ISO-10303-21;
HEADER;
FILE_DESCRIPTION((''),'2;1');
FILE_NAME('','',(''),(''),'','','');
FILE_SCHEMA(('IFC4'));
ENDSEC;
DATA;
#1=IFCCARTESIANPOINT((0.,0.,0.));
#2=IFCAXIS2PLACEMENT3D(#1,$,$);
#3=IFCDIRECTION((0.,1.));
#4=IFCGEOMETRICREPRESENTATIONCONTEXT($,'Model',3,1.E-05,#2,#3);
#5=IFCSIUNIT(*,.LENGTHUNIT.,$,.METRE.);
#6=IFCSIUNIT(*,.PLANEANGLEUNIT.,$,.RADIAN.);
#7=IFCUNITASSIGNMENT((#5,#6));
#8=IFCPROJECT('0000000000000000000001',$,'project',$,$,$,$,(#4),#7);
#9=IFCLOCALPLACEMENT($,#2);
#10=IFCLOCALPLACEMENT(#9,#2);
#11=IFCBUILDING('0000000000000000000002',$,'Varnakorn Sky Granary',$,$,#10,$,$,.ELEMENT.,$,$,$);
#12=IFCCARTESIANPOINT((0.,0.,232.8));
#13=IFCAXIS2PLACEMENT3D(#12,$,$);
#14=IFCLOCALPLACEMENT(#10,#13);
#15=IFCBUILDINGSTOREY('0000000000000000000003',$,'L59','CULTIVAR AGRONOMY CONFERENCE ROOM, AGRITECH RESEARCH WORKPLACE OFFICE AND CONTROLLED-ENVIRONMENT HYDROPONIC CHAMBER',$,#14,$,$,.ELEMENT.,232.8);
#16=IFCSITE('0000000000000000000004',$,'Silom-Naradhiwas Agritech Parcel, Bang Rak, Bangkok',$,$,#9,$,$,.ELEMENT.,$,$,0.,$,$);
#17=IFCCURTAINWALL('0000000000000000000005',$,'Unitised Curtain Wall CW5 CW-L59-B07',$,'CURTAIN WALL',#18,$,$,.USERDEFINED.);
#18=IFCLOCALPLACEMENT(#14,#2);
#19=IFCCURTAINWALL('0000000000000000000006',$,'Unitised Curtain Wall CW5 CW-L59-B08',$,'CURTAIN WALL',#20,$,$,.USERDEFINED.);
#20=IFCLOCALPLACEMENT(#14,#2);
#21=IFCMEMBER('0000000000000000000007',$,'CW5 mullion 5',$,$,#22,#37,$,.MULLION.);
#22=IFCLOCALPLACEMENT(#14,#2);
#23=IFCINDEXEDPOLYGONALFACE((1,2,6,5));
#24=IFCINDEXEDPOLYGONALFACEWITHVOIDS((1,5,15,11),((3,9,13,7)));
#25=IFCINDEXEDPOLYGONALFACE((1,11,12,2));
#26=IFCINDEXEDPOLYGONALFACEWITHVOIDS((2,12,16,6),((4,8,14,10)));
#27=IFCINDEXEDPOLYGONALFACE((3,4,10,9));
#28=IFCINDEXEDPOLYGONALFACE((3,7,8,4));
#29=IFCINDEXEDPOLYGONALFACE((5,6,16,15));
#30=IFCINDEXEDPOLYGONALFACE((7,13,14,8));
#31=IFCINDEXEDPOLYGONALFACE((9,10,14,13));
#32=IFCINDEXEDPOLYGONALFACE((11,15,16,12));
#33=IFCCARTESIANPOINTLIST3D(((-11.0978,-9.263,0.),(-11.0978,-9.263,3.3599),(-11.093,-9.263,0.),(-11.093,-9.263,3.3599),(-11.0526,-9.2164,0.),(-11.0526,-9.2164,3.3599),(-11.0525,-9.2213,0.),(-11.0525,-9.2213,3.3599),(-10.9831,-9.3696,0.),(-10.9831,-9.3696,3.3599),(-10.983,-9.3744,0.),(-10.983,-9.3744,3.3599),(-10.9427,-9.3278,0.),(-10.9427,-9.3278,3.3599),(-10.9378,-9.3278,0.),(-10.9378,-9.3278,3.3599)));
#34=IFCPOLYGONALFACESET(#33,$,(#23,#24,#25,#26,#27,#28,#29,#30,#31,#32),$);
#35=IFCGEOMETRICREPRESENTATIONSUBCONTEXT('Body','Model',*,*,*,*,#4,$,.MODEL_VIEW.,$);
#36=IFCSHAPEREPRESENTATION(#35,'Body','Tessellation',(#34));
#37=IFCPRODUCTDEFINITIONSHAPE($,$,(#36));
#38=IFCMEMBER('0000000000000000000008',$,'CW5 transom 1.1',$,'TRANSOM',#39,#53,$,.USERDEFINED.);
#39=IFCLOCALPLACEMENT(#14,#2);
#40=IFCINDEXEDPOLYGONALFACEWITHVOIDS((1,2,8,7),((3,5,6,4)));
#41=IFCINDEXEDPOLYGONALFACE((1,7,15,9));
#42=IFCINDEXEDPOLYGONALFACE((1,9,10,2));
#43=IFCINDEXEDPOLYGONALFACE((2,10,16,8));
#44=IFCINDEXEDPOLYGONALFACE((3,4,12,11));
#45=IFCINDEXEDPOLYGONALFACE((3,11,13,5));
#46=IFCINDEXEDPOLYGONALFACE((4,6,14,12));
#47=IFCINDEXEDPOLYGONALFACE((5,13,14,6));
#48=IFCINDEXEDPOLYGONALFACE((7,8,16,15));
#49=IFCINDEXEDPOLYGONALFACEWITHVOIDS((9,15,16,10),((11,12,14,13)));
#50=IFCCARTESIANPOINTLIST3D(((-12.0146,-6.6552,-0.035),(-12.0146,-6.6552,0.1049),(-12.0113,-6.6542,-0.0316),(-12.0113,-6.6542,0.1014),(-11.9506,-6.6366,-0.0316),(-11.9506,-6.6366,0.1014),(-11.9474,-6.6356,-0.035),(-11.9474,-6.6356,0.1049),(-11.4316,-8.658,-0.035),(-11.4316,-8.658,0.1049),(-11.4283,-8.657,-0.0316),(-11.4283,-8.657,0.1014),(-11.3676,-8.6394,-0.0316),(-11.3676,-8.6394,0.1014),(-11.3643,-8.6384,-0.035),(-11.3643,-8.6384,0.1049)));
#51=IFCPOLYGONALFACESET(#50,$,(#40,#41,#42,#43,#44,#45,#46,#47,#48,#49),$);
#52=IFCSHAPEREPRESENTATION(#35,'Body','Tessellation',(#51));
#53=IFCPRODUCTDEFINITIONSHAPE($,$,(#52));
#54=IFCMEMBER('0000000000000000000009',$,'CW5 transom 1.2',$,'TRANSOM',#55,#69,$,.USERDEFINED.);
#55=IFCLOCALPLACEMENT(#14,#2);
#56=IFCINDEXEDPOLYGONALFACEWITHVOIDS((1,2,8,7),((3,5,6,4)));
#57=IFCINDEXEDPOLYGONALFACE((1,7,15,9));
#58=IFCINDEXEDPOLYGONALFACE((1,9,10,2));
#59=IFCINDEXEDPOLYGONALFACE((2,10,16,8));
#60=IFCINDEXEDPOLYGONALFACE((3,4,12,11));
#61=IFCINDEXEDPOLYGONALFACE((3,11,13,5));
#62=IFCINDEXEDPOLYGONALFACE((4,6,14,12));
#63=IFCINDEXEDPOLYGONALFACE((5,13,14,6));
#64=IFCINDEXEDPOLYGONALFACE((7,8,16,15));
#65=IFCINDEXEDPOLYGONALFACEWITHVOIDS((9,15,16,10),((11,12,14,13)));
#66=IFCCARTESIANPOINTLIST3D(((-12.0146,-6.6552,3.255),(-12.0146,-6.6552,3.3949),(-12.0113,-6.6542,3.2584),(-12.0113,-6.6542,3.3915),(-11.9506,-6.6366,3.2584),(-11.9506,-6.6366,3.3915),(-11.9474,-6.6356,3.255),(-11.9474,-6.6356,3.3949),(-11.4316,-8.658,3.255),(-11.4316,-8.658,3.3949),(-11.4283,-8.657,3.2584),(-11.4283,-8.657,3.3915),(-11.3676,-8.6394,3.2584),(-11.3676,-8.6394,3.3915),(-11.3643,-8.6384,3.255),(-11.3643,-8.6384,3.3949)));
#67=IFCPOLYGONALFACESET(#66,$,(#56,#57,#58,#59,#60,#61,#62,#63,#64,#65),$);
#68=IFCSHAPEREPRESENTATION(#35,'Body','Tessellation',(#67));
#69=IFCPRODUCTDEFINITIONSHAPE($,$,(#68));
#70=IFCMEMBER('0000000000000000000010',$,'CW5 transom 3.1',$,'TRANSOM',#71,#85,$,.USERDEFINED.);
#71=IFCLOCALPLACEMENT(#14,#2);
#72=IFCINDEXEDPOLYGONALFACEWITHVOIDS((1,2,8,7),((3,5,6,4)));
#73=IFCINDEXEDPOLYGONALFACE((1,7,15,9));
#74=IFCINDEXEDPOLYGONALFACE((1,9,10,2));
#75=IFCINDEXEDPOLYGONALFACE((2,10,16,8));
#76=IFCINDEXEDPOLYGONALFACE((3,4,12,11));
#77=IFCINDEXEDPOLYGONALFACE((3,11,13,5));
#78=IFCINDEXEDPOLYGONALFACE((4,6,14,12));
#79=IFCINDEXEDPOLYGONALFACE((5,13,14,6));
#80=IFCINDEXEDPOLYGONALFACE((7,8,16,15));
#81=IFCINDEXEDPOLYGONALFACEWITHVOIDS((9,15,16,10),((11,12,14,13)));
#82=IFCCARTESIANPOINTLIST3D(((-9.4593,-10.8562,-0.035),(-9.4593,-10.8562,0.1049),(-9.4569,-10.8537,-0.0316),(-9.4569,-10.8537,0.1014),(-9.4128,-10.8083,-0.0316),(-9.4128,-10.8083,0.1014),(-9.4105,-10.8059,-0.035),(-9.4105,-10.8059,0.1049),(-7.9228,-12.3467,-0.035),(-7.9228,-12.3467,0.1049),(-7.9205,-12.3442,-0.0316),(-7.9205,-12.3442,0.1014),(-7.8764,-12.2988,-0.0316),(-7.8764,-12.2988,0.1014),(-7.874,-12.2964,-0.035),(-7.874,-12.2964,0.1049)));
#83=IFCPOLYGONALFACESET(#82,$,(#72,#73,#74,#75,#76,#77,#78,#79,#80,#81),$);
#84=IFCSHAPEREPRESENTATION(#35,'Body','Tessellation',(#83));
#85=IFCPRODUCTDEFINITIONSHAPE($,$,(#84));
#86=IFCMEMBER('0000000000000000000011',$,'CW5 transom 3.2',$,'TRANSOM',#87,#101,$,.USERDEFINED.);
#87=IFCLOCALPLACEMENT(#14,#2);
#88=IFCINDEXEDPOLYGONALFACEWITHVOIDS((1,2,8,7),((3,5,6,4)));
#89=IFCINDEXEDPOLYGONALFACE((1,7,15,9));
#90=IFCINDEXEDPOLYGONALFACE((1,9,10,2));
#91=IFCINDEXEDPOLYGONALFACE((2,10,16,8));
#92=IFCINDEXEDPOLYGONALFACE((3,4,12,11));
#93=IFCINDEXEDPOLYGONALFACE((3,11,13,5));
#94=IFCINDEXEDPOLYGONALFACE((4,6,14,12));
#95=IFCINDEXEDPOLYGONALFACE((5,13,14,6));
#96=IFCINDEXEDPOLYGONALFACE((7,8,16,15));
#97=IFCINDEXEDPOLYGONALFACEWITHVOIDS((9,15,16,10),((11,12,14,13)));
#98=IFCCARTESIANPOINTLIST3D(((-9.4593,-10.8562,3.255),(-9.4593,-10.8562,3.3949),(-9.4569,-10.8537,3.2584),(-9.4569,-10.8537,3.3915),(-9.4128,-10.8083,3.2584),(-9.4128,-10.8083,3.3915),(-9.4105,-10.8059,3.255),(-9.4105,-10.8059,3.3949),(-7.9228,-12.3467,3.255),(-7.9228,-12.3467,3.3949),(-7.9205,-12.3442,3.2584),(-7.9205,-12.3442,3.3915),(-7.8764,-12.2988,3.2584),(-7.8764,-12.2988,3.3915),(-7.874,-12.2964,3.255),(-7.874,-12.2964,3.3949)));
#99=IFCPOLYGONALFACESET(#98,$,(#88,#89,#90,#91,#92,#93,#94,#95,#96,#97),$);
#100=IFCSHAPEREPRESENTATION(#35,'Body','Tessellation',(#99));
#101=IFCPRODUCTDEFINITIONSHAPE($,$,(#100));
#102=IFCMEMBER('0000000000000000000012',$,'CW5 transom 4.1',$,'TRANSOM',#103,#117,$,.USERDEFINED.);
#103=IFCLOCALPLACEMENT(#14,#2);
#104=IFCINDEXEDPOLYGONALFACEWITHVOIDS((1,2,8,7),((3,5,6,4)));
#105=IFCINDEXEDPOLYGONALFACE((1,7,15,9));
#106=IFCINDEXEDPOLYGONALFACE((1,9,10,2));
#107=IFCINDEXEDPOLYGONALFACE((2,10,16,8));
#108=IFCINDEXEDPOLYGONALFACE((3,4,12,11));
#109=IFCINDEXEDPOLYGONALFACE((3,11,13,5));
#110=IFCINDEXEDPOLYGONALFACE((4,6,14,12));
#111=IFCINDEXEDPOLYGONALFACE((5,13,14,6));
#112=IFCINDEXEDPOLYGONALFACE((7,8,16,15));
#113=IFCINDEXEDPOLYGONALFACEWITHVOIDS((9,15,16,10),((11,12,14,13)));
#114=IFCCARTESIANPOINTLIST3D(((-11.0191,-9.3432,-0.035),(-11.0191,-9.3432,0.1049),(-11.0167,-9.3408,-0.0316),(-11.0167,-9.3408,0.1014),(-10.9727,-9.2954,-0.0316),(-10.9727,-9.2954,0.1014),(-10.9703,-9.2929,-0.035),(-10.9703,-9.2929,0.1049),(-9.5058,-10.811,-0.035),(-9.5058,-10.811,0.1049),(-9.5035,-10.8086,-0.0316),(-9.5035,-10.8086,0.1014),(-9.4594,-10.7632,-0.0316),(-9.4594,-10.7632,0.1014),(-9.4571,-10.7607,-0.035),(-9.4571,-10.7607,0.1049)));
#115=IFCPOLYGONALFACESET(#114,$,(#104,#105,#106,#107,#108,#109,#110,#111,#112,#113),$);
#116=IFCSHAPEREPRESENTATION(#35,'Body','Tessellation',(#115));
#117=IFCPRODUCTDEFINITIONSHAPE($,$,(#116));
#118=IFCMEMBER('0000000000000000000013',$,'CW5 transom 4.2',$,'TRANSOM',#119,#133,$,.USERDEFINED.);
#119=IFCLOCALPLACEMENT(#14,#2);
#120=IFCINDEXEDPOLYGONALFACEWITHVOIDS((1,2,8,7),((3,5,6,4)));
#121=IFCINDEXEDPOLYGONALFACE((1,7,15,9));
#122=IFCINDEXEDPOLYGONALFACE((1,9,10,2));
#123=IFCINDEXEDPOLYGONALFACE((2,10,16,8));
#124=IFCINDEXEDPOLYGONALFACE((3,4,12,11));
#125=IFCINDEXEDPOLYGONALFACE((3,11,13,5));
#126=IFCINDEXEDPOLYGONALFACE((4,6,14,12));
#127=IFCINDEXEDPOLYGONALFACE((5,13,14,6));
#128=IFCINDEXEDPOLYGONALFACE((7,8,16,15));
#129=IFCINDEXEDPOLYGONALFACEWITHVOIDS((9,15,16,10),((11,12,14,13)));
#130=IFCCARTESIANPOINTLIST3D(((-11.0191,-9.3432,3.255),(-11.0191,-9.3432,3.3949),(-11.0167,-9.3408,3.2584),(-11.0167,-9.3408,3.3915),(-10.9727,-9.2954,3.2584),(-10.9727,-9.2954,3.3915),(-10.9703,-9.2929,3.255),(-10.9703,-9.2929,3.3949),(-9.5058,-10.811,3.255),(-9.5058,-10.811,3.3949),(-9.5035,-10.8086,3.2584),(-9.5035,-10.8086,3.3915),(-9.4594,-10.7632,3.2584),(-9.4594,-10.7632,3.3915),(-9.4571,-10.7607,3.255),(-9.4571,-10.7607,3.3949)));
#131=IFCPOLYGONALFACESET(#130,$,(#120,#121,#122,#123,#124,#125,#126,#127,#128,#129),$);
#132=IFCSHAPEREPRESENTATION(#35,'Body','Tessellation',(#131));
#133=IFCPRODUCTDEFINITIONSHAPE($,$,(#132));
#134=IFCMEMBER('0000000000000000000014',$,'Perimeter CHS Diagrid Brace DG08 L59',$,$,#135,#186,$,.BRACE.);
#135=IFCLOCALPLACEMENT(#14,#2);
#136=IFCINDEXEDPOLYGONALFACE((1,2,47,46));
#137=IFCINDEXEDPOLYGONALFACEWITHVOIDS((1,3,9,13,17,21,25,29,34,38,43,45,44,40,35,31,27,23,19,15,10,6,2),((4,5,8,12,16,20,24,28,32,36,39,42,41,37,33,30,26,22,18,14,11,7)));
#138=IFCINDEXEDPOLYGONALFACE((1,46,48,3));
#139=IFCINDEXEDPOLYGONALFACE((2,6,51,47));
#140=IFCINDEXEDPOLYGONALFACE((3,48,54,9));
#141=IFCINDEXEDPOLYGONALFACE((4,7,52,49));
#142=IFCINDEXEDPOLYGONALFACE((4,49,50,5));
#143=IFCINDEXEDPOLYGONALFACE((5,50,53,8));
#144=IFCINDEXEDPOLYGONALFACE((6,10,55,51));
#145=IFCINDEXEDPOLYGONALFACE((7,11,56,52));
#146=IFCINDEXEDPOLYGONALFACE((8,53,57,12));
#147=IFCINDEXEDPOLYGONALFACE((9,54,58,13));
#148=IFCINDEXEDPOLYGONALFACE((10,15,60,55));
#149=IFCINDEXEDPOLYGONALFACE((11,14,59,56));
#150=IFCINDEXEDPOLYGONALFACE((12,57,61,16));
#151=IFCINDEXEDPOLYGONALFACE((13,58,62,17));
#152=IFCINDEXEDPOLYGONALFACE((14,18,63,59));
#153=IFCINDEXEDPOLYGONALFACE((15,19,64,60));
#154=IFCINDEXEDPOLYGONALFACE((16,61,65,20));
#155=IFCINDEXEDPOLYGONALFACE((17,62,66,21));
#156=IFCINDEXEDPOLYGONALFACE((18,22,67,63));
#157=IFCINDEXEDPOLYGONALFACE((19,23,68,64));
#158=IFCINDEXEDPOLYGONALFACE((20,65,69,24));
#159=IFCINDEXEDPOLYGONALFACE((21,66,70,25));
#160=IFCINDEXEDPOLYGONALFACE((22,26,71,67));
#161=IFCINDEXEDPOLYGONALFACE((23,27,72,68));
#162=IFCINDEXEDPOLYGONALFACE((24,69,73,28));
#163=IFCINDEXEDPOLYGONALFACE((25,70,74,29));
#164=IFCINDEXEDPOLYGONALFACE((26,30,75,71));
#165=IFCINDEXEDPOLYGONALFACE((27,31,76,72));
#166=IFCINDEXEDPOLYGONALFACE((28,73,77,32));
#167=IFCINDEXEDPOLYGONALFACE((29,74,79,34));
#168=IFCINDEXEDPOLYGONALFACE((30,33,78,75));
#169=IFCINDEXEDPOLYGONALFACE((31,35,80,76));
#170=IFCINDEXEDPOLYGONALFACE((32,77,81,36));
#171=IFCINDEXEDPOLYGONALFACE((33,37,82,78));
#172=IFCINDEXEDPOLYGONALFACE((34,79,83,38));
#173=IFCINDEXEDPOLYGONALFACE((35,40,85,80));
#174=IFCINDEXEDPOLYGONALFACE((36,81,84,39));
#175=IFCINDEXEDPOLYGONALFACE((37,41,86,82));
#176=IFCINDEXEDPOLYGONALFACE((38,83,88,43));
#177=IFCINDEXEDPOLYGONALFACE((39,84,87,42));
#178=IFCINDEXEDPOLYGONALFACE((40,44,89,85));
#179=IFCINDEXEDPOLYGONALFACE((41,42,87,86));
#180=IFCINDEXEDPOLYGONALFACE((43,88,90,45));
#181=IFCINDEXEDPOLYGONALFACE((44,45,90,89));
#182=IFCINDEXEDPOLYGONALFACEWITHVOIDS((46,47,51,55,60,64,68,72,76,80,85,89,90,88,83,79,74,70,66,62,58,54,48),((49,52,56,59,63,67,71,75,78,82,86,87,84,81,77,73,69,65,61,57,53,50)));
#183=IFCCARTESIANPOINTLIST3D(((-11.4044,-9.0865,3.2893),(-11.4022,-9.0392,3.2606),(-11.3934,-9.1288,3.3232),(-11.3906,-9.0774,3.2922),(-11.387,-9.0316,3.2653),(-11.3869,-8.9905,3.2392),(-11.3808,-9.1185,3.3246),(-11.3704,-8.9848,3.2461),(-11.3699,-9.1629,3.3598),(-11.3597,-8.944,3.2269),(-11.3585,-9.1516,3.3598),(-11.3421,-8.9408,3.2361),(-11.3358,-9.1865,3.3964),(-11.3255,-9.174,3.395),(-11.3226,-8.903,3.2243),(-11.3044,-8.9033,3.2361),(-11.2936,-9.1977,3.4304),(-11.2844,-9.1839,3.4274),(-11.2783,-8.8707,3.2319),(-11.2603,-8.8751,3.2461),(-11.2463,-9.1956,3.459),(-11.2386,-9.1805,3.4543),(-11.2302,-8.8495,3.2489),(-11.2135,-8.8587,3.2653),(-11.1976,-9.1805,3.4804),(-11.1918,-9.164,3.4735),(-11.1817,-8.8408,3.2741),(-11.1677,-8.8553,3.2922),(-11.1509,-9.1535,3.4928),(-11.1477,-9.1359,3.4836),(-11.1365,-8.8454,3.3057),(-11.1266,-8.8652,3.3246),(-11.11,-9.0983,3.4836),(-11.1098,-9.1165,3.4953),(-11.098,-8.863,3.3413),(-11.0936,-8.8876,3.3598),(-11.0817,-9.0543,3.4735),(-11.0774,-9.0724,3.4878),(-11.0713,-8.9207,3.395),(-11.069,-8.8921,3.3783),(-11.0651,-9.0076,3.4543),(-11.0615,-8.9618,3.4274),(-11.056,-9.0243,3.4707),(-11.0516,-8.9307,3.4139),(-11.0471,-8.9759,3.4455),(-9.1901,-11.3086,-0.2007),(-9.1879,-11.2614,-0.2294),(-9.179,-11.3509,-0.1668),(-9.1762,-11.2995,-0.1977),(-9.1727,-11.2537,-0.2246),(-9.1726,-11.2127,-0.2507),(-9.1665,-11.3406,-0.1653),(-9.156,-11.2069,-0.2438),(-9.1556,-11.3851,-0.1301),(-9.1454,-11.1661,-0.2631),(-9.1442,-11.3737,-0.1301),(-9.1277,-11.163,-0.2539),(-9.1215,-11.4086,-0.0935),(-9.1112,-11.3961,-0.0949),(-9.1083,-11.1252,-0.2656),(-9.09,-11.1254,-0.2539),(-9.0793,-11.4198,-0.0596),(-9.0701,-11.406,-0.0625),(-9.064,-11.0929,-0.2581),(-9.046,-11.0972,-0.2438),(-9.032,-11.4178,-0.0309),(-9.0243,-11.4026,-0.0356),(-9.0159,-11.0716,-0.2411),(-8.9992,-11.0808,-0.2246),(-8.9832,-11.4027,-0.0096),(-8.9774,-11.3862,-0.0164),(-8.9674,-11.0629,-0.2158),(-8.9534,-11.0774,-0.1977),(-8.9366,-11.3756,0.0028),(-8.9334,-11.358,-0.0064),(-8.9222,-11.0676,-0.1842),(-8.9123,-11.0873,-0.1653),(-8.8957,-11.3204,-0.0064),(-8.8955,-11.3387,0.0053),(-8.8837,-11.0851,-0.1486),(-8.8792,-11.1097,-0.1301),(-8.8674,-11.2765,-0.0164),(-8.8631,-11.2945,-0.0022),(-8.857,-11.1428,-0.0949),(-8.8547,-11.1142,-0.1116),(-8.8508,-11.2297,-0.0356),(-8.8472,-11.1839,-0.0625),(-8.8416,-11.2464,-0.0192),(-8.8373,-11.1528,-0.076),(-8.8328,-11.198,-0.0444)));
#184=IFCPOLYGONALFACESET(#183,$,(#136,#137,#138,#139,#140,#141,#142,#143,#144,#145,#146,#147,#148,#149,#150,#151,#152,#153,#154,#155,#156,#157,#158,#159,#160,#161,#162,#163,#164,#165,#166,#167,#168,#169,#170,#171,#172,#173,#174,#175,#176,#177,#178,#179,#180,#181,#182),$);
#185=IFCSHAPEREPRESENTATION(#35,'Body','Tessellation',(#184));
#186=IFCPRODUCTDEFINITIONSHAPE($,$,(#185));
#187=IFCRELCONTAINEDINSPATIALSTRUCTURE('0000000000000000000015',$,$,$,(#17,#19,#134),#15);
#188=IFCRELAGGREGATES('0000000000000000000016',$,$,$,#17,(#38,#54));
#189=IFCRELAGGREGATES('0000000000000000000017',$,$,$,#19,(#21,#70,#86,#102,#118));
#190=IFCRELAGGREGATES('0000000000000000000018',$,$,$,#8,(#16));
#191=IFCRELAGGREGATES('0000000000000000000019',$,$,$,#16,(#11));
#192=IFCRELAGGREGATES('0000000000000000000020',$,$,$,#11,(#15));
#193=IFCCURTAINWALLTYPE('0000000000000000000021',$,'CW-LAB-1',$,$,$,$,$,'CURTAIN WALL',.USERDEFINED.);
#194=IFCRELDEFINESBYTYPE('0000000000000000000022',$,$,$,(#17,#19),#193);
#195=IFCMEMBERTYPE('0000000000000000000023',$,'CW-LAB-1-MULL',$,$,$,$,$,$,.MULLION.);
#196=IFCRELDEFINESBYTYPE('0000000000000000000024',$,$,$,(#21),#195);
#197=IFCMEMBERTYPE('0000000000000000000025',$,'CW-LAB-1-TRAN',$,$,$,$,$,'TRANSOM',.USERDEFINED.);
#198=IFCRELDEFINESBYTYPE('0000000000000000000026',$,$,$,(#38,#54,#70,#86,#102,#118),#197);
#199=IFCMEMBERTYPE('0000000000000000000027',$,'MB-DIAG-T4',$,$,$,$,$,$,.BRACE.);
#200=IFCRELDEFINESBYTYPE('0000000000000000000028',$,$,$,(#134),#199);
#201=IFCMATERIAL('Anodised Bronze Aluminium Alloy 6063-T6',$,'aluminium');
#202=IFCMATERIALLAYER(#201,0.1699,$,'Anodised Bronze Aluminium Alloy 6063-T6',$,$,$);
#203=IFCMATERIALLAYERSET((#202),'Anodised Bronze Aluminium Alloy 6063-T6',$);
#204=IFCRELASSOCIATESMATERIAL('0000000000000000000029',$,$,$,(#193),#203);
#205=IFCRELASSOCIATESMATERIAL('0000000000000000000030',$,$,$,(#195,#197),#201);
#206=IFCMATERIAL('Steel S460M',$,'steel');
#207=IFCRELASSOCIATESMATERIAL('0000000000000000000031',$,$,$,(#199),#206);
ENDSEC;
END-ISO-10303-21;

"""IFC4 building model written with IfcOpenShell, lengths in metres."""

from ifc_helpers import new_model, si_unit, direction, frame, origin, origin_2d, place, context, subcontext, project, spatial, hollow_rectangle, hollow_circle, extrude, material, layer, layer_set, material_profile, profile_set, type_object, element, aggregate, save


model = new_model("IFC4")

# Units and contexts
model_context = context("Model", 3, precision=1e-05, world=origin(), true_north=direction((0.0, 1.0)))
body_context = subcontext(model_context, "Body", "Model", "MODEL_VIEW")
ifc_project = project(units=[si_unit("LENGTHUNIT", "METRE"), si_unit("PLANEANGLEUNIT", "RADIAN")], contexts=[model_context])

# Site, building, storey
site_placement = place(None, origin())
site = spatial("IfcSite", under=ifc_project, at=site_placement, Name="Silom-Naradhiwas Agritech Parcel, Bang Rak, Bangkok", CompositionType="ELEMENT", RefElevation=0.0)
building_placement = place(site_placement, origin())
building = spatial("IfcBuilding", under=site, at=building_placement, Name="Varnakorn Sky Granary", CompositionType="ELEMENT")
storey_placement = place(building_placement, frame((0.0, 0.0, 232.8)))
storey = spatial("IfcBuildingStorey", under=building, at=storey_placement, Name="L59", Description="CULTIVAR AGRONOMY CONFERENCE ROOM, AGRITECH RESEARCH WORKPLACE OFFICE AND CONTROLLED-ENVIRONMENT HYDROPONIC CHAMBER", CompositionType="ELEMENT", Elevation=232.8)

# Shared definitions
ifc_material_1 = material(Name="Steel S460M", Category="steel")

# Curtain walls, member
ifc_material_2 = material(Name="Anodised Bronze Aluminium Alloy 6063-T6", Category="aluminium")
ifc_layer_1 = layer(ifc_material_2, 0.1699, Name="Anodised Bronze Aluminium Alloy 6063-T6")
ifc_layer_set_1 = layer_set([ifc_layer_1], Name="Anodised Bronze Aluminium Alloy 6063-T6")
curtain_wall_type = type_object("IfcCurtainWallType", Name="CW-LAB-1", ElementType="CURTAIN WALL", PredefinedType="USERDEFINED", material=ifc_layer_set_1)
curtain_wall_1_placement = place(storey_placement, origin())
curtain_wall_1 = element("IfcCurtainWall", 1, at=curtain_wall_1_placement, inside=storey, type_object=curtain_wall_type, Name="Unitised Curtain Wall CW5 CW-L59-B07", ObjectType="CURTAIN WALL", PredefinedType="USERDEFINED")
ifc_material_profile_1 = material_profile(ifc_material_2, hollow_rectangle(XDim=0.0649, YDim=0.1599, WallThickness=0.0034, at=origin_2d()), Name="ALU MULL 65x160")
ifc_profile_set_1 = profile_set([ifc_material_profile_1], Name="Anodised Bronze Aluminium Alloy 6063-T6")
member_type_1 = type_object("IfcMemberType", Name="CW-LAB-1-MULL", PredefinedType="MULLION", material=ifc_profile_set_1)
curtain_wall_2_placement = place(storey_placement, origin())
curtain_wall_2 = element("IfcCurtainWall", 2, at=curtain_wall_2_placement, inside=storey, type_object=curtain_wall_type, Name="Unitised Curtain Wall CW5 CW-L59-B08", ObjectType="CURTAIN WALL", PredefinedType="USERDEFINED")
member_1_placement = place(storey_placement, frame((-11.0178, -9.2954, 0.0), z_axis=(0.0, 0.0, 1.0), x_axis=(-0.696279, -0.717771, 0.0)))
member_1 = element("IfcMember", 3, at=member_1_placement, type_object=member_type_1, Name="CW5 mullion 5", PredefinedType="MULLION", context=body_context, shape_type="SweptSolid", body=[
    extrude(hollow_rectangle(XDim=0.0649, YDim=0.1599, WallThickness=0.0034, at=origin_2d()), origin(), (0.0, 0.0, 1.0), 3.3599),
])

# Members
ifc_material_profile_2 = material_profile(ifc_material_2, hollow_rectangle(XDim=0.0701, YDim=0.1399, WallThickness=0.0034, at=origin_2d()), Name="ALU TRAN 70x140")
ifc_profile_set_2 = profile_set([ifc_material_profile_2], Name="Anodised Bronze Aluminium Alloy 6063-T6")
member_type_2 = type_object("IfcMemberType", Name="CW-LAB-1-TRAN", ElementType="TRANSOM", PredefinedType="USERDEFINED", material=ifc_profile_set_2)
member_2_placement = place(storey_placement, frame((-11.3979, -8.6482, 0.0349), z_axis=(-0.27951, 0.960143, 0.0), x_axis=(-0.960143, -0.27951, 0.0)))
member_2 = element("IfcMember", 4, at=member_2_placement, type_object=member_type_2, Name="CW5 transom 1.1", ObjectType="TRANSOM", PredefinedType="USERDEFINED", context=body_context, shape_type="SweptSolid", body=[
    extrude(hollow_rectangle(XDim=0.0701, YDim=0.1399, WallThickness=0.0034, at=origin_2d()), origin(), (0.0, 0.0, 1.0), 2.0859),
])
member_3_placement = place(storey_placement, frame((-11.3979, -8.6482, 3.325), z_axis=(-0.27951, 0.960143, 0.0), x_axis=(-0.960143, -0.27951, 0.0)))
member_3 = element("IfcMember", 5, at=member_3_placement, type_object=member_type_2, Name="CW5 transom 1.2", ObjectType="TRANSOM", PredefinedType="USERDEFINED", context=body_context, shape_type="SweptSolid", body=[
    extrude(hollow_rectangle(XDim=0.0701, YDim=0.1399, WallThickness=0.0034, at=origin_2d()), origin(), (0.0, 0.0, 1.0), 2.0859),
])
member_4_placement = place(storey_placement, frame((-7.8984, -12.3215, 0.0349), z_axis=(-0.717747, 0.696304, 0.0), x_axis=(-0.696304, -0.717747, 0.0)))
member_4 = element("IfcMember", 6, at=member_4_placement, type_object=member_type_2, Name="CW5 transom 3.1", ObjectType="TRANSOM", PredefinedType="USERDEFINED", context=body_context, shape_type="SweptSolid", body=[
    extrude(hollow_rectangle(XDim=0.0701, YDim=0.1399, WallThickness=0.0034, at=origin_2d()), origin(), (0.0, 0.0, 1.0), 2.1406),
])
member_5_placement = place(storey_placement, frame((-7.8984, -12.3215, 3.325), z_axis=(-0.717747, 0.696304, 0.0), x_axis=(-0.696304, -0.717747, 0.0)))
member_5 = element("IfcMember", 7, at=member_5_placement, type_object=member_type_2, Name="CW5 transom 3.2", ObjectType="TRANSOM", PredefinedType="USERDEFINED", context=body_context, shape_type="SweptSolid", body=[
    extrude(hollow_rectangle(XDim=0.0701, YDim=0.1399, WallThickness=0.0034, at=origin_2d()), origin(), (0.0, 0.0, 1.0), 2.1406),
])
member_6_placement = place(storey_placement, frame((-9.4814, -10.7859, 0.0349), z_axis=(-0.717795, 0.696254, 0.0), x_axis=(-0.696254, -0.717795, 0.0)))
member_6 = element("IfcMember", 8, at=member_6_placement, type_object=member_type_2, Name="CW5 transom 4.1", ObjectType="TRANSOM", PredefinedType="USERDEFINED", context=body_context, shape_type="SweptSolid", body=[
    extrude(hollow_rectangle(XDim=0.0701, YDim=0.1399, WallThickness=0.0034, at=origin_2d()), origin(), (0.0, 0.0, 1.0), 2.1082),
])
member_7_placement = place(storey_placement, frame((-9.4814, -10.7859, 3.325), z_axis=(-0.717795, 0.696254, 0.0), x_axis=(-0.696254, -0.717795, 0.0)))
member_7 = element("IfcMember", 9, at=member_7_placement, type_object=member_type_2, Name="CW5 transom 4.2", ObjectType="TRANSOM", PredefinedType="USERDEFINED", context=body_context, shape_type="SweptSolid", body=[
    extrude(hollow_rectangle(XDim=0.0701, YDim=0.1399, WallThickness=0.0034, at=origin_2d()), origin(), (0.0, 0.0, 1.0), 2.1082),
])
ifc_material_profile_3 = material_profile(ifc_material_1, hollow_circle(Radius=0.2031, WallThickness=0.0161, at=origin_2d()), Name="CHS 406.4x16")
ifc_profile_set_3 = profile_set([ifc_material_profile_3], Name="Steel S460M")
member_type_3 = type_object("IfcMemberType", Name="MB-DIAG-T4", PredefinedType="BRACE", material=ifc_profile_set_3)
member_8_placement = place(storey_placement, frame((-9.0117, -11.2417, -0.1301), z_axis=(-0.471872, 0.473537, 0.743706), x_axis=(-0.708351, -0.705861, 0.0)))
element("IfcMember", 10, at=member_8_placement, inside=storey, type_object=member_type_3, Name="Perimeter CHS Diagrid Brace DG08 L59", PredefinedType="BRACE", context=body_context, shape_type="SweptSolid", body=[
    extrude(hollow_circle(Radius=0.2031, WallThickness=0.0161, at=origin_2d()), origin(), (0.0, 0.0, 1.0), 4.6926),
])

aggregate(curtain_wall_1, [member_2, member_3])
aggregate(curtain_wall_2, [member_1, member_4, member_5, member_6, member_7])

save(model, "model.ifc")
